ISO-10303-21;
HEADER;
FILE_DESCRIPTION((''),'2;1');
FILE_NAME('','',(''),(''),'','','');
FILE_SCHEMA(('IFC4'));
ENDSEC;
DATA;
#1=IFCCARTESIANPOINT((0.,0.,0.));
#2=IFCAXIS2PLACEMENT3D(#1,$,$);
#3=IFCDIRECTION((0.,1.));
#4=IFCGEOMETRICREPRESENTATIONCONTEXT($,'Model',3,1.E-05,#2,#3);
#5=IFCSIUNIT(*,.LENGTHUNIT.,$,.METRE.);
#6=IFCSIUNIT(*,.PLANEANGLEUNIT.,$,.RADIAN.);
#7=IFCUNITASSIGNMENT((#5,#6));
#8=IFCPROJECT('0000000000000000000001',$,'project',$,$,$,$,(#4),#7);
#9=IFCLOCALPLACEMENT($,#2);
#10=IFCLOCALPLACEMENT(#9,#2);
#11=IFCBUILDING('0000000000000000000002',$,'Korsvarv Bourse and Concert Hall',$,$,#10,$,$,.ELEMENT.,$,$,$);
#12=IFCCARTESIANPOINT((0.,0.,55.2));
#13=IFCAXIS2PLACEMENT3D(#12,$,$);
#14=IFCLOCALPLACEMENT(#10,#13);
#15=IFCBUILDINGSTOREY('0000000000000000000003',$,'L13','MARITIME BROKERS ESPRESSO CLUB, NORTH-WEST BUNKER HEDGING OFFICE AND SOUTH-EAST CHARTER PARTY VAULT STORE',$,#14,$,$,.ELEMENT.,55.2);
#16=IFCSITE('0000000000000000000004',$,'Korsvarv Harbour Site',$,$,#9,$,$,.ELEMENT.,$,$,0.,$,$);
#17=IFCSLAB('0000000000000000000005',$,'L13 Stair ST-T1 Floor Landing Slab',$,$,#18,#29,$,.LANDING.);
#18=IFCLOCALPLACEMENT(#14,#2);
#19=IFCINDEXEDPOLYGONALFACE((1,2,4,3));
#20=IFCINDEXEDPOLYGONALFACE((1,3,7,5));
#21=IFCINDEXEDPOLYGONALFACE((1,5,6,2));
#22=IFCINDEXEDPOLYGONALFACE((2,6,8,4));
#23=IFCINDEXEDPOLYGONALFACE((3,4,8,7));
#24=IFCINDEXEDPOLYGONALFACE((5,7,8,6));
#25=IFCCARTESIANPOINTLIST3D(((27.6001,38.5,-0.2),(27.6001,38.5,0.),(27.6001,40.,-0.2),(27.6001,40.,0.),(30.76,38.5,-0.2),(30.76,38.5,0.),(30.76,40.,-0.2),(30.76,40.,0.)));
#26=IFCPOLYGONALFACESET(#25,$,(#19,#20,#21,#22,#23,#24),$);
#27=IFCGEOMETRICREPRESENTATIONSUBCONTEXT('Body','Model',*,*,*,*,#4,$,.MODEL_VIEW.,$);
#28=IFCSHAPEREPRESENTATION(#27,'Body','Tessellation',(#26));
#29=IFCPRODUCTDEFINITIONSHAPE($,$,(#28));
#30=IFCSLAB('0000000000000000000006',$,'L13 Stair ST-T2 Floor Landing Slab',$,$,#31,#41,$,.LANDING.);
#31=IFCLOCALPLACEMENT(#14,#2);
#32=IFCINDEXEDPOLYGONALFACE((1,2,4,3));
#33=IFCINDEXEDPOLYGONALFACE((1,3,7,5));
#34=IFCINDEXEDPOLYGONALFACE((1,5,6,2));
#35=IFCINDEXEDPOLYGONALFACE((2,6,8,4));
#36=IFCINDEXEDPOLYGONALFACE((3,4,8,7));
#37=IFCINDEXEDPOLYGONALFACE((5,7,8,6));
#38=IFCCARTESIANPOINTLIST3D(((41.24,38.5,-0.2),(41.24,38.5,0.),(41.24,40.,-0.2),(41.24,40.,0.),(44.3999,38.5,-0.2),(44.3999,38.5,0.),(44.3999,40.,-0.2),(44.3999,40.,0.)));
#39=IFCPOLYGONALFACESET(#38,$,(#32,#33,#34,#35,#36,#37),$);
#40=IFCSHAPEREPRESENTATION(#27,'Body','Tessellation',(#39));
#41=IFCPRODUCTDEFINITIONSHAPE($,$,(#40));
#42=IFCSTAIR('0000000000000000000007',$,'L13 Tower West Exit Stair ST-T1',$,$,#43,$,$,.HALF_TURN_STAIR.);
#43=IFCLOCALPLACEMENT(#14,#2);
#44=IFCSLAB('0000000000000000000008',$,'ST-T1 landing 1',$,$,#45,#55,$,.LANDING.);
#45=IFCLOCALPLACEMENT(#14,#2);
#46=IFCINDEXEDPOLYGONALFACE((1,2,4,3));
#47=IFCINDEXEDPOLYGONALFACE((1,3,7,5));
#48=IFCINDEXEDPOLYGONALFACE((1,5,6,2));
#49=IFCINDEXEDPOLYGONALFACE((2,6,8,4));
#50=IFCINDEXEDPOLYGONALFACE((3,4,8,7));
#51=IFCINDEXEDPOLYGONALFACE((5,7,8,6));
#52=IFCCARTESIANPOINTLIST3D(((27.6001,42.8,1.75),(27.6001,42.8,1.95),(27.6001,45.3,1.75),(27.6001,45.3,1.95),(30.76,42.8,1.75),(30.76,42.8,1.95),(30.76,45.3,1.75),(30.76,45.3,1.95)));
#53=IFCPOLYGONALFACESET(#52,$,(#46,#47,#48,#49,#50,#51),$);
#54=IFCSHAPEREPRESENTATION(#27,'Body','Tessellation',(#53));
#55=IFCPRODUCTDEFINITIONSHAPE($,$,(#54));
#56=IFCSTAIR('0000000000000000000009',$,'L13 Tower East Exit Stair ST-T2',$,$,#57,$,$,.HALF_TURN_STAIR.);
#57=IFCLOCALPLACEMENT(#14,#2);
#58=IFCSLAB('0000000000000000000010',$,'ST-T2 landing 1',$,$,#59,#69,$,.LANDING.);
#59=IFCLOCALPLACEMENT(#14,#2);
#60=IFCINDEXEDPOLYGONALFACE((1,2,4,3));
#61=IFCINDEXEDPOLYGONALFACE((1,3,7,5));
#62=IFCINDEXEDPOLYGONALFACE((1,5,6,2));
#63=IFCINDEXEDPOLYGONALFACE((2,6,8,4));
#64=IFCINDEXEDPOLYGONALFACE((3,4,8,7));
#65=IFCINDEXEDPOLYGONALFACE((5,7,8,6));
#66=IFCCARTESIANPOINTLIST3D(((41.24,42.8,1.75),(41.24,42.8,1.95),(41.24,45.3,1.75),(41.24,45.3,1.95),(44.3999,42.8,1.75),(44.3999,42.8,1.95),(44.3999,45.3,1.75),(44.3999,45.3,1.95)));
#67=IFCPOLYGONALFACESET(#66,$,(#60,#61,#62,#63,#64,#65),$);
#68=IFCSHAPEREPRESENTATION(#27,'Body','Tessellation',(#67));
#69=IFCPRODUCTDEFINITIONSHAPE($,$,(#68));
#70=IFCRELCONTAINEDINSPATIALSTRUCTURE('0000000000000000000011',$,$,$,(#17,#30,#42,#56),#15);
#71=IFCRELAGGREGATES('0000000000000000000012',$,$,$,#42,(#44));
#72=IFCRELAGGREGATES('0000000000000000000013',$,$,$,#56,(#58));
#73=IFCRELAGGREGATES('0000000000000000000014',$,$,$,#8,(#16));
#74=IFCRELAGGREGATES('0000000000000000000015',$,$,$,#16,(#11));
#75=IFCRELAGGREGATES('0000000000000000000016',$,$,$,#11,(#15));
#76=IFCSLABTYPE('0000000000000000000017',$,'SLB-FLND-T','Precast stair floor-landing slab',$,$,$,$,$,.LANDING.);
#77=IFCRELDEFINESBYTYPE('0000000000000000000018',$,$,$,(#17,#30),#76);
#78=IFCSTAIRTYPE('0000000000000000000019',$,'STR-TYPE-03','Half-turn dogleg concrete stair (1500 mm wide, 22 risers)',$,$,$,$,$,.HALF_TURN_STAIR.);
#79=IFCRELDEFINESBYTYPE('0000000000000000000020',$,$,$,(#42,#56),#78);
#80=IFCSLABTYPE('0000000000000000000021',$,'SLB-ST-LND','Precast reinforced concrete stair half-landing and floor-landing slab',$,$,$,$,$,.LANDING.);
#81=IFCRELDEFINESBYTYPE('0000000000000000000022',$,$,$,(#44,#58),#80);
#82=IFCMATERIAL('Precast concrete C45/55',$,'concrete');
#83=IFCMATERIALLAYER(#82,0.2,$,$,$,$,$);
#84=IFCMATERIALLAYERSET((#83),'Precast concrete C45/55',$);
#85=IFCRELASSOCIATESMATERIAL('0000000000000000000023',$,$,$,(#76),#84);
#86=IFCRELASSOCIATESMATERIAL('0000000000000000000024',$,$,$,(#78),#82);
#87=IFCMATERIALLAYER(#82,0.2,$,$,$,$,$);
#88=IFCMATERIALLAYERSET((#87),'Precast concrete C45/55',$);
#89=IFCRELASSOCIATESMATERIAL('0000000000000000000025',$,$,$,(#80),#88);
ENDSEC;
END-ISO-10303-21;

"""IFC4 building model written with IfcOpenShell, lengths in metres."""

from ifc_helpers import new_model, si_unit, direction, frame, origin, place, context, subcontext, project, spatial, polyline, outline, extrude, material, layer, layer_set, type_object, element, aggregate, save


model = new_model("IFC4")

# Units and contexts
model_context = context("Model", 3, precision=1e-05, world=origin(), true_north=direction((0.0, 1.0)))
body_context = subcontext(model_context, "Body", "Model", "MODEL_VIEW")
ifc_project = project(units=[si_unit("LENGTHUNIT", "METRE"), si_unit("PLANEANGLEUNIT", "RADIAN")], contexts=[model_context])

# Site, building, storey
site_placement = place(None, origin())
site = spatial("IfcSite", under=ifc_project, at=site_placement, Name="Korsvarv Harbour Site", CompositionType="ELEMENT", RefElevation=0.0)
building_placement = place(site_placement, origin())
building = spatial("IfcBuilding", under=site, at=building_placement, Name="Korsvarv Bourse and Concert Hall", CompositionType="ELEMENT")
storey_placement = place(building_placement, frame((0.0, 0.0, 55.2)))
storey = spatial("IfcBuildingStorey", under=building, at=storey_placement, Name="L13", Description="MARITIME BROKERS ESPRESSO CLUB, NORTH-WEST BUNKER HEDGING OFFICE AND SOUTH-EAST CHARTER PARTY VAULT STORE", CompositionType="ELEMENT", Elevation=55.2)

# Slabs
ifc_material_1 = material(Name="Precast concrete C45/55", Category="concrete")
ifc_layer_1 = layer(ifc_material_1, 0.2)
ifc_layer_set_1 = layer_set([ifc_layer_1], Name="Precast concrete C45/55")
slab_type_1 = type_object("IfcSlabType", Name="SLB-FLND-T", Description="Precast stair floor-landing slab", PredefinedType="LANDING", material=ifc_layer_set_1)
slab_1_placement = place(storey_placement, frame((0.0, 0.0, -0.2)))
element("IfcSlab", 1, at=slab_1_placement, inside=storey, type_object=slab_type_1, Name="L13 Stair ST-T1 Floor Landing Slab", PredefinedType="LANDING", context=body_context, shape_type="SweptSolid", body=[
    extrude(outline(polyline([(30.76, 38.5), (30.76, 40.0), (27.6001, 40.0), (27.6001, 38.5), (30.76, 38.5)])), origin(), (0.0, 0.0, 1.0), 0.2),
])
slab_2_placement = place(storey_placement, frame((0.0, 0.0, -0.2)))
element("IfcSlab", 2, at=slab_2_placement, inside=storey, type_object=slab_type_1, Name="L13 Stair ST-T2 Floor Landing Slab", PredefinedType="LANDING", context=body_context, shape_type="SweptSolid", body=[
    extrude(outline(polyline([(44.3999, 38.5), (44.3999, 40.0), (41.24, 40.0), (41.24, 38.5), (44.3999, 38.5)])), origin(), (0.0, 0.0, 1.0), 0.2),
])

# Stairs, slabs
stair_type = type_object("IfcStairType", Name="STR-TYPE-03", Description="Half-turn dogleg concrete stair (1500 mm wide, 22 risers)", PredefinedType="HALF_TURN_STAIR", material=ifc_material_1)
stair_1_placement = place(storey_placement, origin())
stair_1 = element("IfcStair", 3, at=stair_1_placement, inside=storey, type_object=stair_type, Name="L13 Tower West Exit Stair ST-T1", PredefinedType="HALF_TURN_STAIR")
ifc_layer_2 = layer(ifc_material_1, 0.2)
ifc_layer_set_2 = layer_set([ifc_layer_2], Name="Precast concrete C45/55")
slab_type_2 = type_object("IfcSlabType", Name="SLB-ST-LND", Description="Precast reinforced concrete stair half-landing and floor-landing slab", PredefinedType="LANDING", material=ifc_layer_set_2)
slab_3_placement = place(storey_placement, frame((0.0, 0.0, 1.75)))
slab_3 = element("IfcSlab", 4, at=slab_3_placement, type_object=slab_type_2, Name="ST-T1 landing 1", PredefinedType="LANDING", context=body_context, shape_type="SweptSolid", body=[
    extrude(outline(polyline([(30.76, 42.8), (30.76, 45.3), (27.6001, 45.3), (27.6001, 42.8), (30.76, 42.8)])), origin(), (0.0, 0.0, 1.0), 0.2),
])
aggregate(stair_1, [slab_3])
stair_2_placement = place(storey_placement, origin())
stair_2 = element("IfcStair", 5, at=stair_2_placement, inside=storey, type_object=stair_type, Name="L13 Tower East Exit Stair ST-T2", PredefinedType="HALF_TURN_STAIR")
slab_4_placement = place(storey_placement, frame((0.0, 0.0, 1.75)))
slab_4 = element("IfcSlab", 6, at=slab_4_placement, type_object=slab_type_2, Name="ST-T2 landing 1", PredefinedType="LANDING", context=body_context, shape_type="SweptSolid", body=[
    extrude(outline(polyline([(44.3999, 42.8), (44.3999, 45.3), (41.24, 45.3), (41.24, 42.8), (44.3999, 42.8)])), origin(), (0.0, 0.0, 1.0), 0.2),
])
aggregate(stair_2, [slab_4])

save(model, "model.ifc")
